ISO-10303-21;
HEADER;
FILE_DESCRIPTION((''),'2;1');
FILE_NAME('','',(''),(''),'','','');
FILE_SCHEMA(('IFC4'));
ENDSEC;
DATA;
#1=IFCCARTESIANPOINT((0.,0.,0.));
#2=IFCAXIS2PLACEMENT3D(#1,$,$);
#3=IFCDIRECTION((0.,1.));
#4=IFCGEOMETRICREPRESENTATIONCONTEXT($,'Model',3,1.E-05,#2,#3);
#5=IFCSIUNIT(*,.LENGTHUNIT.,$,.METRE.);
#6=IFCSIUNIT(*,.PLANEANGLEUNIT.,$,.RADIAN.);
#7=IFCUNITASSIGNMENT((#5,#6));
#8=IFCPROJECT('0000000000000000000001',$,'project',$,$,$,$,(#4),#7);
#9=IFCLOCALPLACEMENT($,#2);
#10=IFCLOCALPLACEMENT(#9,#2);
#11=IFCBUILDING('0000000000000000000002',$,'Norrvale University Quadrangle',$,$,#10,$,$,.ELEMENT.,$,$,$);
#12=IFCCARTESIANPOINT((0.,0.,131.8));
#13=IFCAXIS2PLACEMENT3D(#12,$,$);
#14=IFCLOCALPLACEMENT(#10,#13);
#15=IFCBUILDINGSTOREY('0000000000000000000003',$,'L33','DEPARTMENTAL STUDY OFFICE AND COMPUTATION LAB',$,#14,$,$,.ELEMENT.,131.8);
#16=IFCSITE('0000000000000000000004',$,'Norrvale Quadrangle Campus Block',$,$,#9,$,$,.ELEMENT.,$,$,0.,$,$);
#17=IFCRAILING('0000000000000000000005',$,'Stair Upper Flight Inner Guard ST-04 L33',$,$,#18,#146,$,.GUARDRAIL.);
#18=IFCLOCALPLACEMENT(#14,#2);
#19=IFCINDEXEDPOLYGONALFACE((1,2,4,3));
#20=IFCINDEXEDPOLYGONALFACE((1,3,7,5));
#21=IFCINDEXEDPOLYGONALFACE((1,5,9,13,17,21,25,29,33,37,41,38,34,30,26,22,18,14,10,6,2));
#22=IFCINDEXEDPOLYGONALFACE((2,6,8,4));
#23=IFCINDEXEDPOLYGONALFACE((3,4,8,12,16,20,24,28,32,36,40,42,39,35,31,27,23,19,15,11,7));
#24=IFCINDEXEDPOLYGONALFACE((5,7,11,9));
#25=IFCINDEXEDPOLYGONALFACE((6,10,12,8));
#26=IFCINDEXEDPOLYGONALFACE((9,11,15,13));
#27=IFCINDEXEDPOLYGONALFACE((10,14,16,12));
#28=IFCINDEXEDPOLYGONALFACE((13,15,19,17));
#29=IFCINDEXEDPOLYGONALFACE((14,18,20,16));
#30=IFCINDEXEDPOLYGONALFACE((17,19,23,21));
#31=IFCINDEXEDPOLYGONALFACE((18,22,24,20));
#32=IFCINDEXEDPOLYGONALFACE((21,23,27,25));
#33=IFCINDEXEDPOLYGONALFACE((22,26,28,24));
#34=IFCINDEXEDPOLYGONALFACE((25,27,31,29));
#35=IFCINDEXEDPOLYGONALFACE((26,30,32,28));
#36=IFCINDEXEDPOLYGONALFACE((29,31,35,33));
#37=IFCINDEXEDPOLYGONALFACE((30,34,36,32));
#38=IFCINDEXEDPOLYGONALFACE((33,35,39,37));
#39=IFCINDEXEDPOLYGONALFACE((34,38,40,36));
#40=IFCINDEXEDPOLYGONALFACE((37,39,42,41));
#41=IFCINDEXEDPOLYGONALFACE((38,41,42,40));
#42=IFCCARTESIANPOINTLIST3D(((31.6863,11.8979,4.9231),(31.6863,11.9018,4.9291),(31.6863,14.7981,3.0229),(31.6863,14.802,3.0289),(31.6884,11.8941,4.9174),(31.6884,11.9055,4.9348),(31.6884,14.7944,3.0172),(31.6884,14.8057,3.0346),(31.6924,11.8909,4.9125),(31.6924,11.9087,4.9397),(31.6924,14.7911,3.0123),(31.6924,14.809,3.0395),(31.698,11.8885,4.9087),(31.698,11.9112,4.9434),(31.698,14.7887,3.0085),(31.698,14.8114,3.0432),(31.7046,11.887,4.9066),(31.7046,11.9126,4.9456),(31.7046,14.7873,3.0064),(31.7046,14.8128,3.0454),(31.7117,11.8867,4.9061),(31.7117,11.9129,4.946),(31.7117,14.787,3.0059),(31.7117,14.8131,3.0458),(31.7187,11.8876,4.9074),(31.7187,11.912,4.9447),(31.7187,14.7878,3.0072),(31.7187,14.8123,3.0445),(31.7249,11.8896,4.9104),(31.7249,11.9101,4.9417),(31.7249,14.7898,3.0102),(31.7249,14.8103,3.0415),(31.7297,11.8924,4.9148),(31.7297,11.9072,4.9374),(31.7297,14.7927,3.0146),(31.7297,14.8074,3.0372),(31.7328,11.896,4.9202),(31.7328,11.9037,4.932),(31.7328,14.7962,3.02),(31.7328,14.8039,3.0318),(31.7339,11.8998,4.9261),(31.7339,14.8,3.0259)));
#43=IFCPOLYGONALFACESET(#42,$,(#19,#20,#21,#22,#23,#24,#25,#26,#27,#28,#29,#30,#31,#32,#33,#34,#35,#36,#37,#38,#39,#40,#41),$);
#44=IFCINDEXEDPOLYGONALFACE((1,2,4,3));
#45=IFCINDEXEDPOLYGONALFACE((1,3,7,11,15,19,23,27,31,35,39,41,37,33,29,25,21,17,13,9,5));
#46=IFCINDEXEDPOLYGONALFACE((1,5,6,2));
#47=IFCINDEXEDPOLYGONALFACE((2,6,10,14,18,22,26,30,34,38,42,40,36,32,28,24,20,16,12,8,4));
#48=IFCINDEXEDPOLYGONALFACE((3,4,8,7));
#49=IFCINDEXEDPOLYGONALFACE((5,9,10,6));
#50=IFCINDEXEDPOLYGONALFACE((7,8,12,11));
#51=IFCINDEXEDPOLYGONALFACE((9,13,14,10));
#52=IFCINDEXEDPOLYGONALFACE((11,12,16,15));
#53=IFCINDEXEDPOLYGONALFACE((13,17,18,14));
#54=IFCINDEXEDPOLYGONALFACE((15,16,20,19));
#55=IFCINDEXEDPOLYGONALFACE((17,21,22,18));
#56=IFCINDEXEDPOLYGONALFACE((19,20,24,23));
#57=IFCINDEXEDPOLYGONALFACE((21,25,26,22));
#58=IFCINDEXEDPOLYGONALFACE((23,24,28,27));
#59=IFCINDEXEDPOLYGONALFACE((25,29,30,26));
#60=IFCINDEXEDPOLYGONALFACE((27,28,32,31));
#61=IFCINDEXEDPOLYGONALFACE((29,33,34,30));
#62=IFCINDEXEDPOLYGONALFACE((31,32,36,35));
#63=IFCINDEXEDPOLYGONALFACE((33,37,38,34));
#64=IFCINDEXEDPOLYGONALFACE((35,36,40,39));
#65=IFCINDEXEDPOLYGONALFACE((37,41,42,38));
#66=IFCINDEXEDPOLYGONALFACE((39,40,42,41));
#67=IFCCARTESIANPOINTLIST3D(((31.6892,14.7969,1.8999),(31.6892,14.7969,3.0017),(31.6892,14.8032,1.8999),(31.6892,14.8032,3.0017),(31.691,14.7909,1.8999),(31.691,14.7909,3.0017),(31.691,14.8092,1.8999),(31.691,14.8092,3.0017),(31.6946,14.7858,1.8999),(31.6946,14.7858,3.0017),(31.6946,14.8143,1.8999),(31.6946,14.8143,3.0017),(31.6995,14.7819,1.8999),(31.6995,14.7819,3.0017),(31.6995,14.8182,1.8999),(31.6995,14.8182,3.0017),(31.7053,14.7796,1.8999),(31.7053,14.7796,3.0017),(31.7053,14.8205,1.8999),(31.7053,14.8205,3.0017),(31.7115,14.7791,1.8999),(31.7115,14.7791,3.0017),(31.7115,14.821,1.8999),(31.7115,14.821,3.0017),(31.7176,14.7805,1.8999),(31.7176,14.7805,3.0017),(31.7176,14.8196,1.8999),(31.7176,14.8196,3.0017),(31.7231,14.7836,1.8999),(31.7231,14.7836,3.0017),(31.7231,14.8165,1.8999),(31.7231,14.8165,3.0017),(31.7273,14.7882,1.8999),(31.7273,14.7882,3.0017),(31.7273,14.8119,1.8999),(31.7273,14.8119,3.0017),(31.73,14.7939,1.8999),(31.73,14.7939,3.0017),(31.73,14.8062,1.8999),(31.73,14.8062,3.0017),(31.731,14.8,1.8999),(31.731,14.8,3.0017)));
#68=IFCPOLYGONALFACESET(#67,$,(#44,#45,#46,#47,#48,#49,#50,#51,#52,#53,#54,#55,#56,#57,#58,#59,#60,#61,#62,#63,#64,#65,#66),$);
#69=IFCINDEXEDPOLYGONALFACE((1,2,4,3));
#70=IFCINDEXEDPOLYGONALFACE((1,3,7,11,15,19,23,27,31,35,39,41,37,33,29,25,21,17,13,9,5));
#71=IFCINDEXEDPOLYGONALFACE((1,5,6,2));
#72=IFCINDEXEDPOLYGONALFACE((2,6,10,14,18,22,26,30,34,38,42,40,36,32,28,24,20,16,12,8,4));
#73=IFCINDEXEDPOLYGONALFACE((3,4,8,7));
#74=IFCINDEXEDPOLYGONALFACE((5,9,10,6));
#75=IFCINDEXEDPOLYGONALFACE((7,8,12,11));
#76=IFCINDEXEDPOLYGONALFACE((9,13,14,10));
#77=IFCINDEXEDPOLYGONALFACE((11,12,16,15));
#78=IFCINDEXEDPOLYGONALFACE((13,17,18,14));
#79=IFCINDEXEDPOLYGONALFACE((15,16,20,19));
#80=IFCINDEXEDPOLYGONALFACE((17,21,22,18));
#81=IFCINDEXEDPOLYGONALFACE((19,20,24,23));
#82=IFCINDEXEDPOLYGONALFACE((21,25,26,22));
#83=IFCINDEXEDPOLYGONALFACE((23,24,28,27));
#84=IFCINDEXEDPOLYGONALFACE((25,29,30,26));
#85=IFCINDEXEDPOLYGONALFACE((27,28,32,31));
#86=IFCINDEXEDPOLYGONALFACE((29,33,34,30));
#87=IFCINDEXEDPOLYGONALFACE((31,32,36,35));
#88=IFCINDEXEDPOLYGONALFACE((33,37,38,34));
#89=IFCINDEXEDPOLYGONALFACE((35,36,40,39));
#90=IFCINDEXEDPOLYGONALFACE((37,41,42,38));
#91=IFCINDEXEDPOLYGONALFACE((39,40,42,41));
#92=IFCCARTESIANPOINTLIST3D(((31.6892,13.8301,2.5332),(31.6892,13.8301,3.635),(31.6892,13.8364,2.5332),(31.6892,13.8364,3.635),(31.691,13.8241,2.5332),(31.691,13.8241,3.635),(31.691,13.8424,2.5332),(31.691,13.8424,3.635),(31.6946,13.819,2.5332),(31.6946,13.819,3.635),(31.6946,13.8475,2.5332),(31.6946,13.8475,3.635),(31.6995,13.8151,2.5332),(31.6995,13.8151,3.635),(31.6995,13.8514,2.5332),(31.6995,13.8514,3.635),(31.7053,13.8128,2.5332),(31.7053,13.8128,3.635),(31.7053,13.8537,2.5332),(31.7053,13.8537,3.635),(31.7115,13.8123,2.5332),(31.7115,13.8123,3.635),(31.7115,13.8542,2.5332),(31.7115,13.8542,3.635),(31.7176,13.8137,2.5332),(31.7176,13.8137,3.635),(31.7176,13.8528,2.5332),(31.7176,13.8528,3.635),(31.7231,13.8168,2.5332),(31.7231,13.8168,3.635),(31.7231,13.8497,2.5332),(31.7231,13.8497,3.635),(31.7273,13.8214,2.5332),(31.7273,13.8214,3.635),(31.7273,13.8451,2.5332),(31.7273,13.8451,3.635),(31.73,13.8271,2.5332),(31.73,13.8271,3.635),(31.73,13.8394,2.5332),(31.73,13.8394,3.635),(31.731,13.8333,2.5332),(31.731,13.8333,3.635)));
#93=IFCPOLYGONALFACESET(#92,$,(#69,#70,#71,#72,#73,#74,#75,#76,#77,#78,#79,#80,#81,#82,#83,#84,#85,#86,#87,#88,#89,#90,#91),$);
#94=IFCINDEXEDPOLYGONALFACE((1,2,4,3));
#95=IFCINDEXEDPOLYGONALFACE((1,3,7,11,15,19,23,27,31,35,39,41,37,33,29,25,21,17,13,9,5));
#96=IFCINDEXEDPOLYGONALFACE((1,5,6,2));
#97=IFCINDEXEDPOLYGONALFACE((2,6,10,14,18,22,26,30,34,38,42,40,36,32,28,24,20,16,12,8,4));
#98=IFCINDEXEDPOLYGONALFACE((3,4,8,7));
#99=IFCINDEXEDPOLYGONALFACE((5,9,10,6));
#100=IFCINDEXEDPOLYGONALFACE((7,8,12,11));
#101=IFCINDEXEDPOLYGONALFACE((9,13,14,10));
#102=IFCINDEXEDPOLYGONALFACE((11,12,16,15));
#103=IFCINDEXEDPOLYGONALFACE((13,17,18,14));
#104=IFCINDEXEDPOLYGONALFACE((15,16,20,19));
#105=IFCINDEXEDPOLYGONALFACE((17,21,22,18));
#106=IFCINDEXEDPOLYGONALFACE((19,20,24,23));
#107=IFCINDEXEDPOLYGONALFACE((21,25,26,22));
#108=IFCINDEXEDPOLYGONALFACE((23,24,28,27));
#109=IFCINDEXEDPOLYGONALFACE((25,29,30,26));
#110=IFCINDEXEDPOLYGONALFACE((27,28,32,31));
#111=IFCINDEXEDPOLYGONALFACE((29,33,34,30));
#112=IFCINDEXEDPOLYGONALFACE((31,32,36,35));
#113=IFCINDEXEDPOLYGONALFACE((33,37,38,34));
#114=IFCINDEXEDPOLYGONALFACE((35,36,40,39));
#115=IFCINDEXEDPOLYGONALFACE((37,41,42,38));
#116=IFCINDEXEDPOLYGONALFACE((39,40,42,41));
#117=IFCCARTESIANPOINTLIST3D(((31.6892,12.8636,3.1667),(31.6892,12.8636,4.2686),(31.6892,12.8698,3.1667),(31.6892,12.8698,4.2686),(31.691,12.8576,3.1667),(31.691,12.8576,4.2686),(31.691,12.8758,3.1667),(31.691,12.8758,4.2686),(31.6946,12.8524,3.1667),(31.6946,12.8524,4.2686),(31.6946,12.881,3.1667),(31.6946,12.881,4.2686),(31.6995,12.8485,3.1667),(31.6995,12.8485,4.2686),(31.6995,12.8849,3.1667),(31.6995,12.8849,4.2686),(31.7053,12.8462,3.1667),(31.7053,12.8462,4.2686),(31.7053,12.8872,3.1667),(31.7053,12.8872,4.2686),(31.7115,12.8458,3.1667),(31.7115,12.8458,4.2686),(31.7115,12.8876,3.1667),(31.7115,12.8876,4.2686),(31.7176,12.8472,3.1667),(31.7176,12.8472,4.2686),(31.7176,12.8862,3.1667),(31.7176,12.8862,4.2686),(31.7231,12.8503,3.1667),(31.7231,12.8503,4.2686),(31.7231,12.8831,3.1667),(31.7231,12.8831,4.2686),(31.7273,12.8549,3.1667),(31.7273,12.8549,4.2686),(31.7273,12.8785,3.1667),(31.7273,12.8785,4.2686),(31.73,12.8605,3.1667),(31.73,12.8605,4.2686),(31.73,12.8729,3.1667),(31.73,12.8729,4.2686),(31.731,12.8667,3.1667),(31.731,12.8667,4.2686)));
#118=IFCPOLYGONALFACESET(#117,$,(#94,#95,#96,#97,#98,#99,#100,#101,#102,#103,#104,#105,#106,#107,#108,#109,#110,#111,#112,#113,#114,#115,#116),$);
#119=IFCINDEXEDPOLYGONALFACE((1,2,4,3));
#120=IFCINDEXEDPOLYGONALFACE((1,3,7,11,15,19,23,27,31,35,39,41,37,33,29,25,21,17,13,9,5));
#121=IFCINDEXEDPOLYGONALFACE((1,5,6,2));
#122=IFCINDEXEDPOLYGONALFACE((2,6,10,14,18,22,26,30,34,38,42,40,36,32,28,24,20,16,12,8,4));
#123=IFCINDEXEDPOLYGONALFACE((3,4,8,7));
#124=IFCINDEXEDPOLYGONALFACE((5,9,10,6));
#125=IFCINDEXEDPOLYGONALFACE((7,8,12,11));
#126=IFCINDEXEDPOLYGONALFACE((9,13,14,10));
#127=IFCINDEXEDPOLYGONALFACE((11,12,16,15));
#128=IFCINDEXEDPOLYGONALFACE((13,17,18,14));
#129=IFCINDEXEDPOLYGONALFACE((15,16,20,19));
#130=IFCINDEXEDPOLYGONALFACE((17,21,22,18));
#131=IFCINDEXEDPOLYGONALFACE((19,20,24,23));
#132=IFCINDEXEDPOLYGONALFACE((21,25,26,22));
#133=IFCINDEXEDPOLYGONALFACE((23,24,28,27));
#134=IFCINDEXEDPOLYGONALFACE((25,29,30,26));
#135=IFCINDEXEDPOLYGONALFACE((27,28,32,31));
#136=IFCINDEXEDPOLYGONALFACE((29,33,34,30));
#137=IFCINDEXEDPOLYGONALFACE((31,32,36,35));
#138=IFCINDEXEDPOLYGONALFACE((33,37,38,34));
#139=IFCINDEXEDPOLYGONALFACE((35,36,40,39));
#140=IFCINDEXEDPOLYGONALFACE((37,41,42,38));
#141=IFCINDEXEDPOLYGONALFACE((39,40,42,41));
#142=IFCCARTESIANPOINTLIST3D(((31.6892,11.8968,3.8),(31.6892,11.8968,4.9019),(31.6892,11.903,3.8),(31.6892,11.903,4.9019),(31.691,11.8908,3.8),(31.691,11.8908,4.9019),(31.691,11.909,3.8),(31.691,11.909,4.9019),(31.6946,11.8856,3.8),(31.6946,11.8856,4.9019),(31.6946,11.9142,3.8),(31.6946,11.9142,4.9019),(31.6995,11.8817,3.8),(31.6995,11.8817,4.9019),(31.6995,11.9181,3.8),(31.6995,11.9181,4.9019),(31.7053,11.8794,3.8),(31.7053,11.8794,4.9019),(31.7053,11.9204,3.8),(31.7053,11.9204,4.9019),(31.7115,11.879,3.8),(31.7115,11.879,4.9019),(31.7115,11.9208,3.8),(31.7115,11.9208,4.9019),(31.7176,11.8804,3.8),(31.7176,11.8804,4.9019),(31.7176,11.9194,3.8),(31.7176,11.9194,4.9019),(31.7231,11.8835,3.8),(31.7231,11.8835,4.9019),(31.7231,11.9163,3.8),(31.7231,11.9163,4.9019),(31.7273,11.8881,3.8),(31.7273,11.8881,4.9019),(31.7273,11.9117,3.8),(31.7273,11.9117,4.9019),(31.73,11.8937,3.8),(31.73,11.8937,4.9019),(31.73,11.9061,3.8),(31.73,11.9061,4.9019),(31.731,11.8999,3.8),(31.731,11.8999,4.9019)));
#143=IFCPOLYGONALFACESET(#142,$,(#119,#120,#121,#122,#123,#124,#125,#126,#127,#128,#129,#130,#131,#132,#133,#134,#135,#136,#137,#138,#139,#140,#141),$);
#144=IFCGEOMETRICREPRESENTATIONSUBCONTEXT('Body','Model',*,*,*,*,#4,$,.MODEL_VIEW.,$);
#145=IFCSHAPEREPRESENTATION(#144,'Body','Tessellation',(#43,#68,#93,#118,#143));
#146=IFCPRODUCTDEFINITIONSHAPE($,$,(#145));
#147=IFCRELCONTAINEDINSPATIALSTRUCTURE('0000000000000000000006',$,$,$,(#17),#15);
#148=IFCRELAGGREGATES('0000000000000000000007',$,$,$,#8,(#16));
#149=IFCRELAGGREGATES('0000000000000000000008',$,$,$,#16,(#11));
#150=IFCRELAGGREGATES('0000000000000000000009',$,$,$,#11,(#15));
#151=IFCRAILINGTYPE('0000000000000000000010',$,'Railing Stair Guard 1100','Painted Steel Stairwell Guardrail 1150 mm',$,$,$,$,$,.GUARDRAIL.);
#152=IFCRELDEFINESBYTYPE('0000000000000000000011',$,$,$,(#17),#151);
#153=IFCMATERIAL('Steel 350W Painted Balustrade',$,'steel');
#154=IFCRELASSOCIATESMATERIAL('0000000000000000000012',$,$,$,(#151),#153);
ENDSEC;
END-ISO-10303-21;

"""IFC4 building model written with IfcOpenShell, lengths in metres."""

from ifc_helpers import new_model, si_unit, direction, frame, origin, origin_2d, place, context, subcontext, project, spatial, circle, extrude, material, type_object, element, save


model = new_model("IFC4")

# Units and contexts
model_context = context("Model", 3, precision=1e-05, world=origin(), true_north=direction((0.0, 1.0)))
body_context = subcontext(model_context, "Body", "Model", "MODEL_VIEW")
ifc_project = project(units=[si_unit("LENGTHUNIT", "METRE"), si_unit("PLANEANGLEUNIT", "RADIAN")], contexts=[model_context])

# Site, building, storey
site_placement = place(None, origin())
site = spatial("IfcSite", under=ifc_project, at=site_placement, Name="Norrvale Quadrangle Campus Block", CompositionType="ELEMENT", RefElevation=0.0)
building_placement = place(site_placement, origin())
building = spatial("IfcBuilding", under=site, at=building_placement, Name="Norrvale University Quadrangle", CompositionType="ELEMENT")
storey_placement = place(building_placement, frame((0.0, 0.0, 131.8)))
storey = spatial("IfcBuildingStorey", under=building, at=storey_placement, Name="L33", Description="DEPARTMENTAL STUDY OFFICE AND COMPUTATION LAB", CompositionType="ELEMENT", Elevation=131.8)

# Railing
ifc_material_1 = material(Name="Steel 350W Painted Balustrade", Category="steel")
railing_type_1 = type_object("IfcRailingType", Name="Railing Stair Guard 1100", Description="Painted Steel Stairwell Guardrail 1150 mm", PredefinedType="GUARDRAIL", material=ifc_material_1)
railing_1_placement = place(storey_placement, frame((31.71, 14.8, 1.8999)))
element("IfcRailing", 1, at=railing_1_placement, inside=storey, type_object=railing_type_1, Name="Stair Upper Flight Inner Guard ST-04 L33", PredefinedType="GUARDRAIL", context=body_context, shape_type="SweptSolid", body=[
    extrude(circle(Radius=0.0239, at=origin_2d()), frame((0.0, 0.0, 1.126), z_axis=(0.0, -0.836454, 0.548036), x_axis=(1.0, 0.0, 0.0)), (0.0, 0.0, 1.0), 3.4673),
    extrude(circle(Radius=0.021, at=origin_2d()), origin(), (0.0, 0.0, 1.0), 1.1018),
    extrude(circle(Radius=0.021, at=origin_2d()), frame((0.0, -0.9668, 0.6333)), (0.0, 0.0, 1.0), 1.1018),
    extrude(circle(Radius=0.021, at=origin_2d()), frame((0.0, -1.9333, 1.2668)), (0.0, 0.0, 1.0), 1.1018),
    extrude(circle(Radius=0.021, at=origin_2d()), frame((0.0, -2.9001, 1.9001)), (0.0, 0.0, 1.0), 1.1018),
])

save(model, "model.ifc")
